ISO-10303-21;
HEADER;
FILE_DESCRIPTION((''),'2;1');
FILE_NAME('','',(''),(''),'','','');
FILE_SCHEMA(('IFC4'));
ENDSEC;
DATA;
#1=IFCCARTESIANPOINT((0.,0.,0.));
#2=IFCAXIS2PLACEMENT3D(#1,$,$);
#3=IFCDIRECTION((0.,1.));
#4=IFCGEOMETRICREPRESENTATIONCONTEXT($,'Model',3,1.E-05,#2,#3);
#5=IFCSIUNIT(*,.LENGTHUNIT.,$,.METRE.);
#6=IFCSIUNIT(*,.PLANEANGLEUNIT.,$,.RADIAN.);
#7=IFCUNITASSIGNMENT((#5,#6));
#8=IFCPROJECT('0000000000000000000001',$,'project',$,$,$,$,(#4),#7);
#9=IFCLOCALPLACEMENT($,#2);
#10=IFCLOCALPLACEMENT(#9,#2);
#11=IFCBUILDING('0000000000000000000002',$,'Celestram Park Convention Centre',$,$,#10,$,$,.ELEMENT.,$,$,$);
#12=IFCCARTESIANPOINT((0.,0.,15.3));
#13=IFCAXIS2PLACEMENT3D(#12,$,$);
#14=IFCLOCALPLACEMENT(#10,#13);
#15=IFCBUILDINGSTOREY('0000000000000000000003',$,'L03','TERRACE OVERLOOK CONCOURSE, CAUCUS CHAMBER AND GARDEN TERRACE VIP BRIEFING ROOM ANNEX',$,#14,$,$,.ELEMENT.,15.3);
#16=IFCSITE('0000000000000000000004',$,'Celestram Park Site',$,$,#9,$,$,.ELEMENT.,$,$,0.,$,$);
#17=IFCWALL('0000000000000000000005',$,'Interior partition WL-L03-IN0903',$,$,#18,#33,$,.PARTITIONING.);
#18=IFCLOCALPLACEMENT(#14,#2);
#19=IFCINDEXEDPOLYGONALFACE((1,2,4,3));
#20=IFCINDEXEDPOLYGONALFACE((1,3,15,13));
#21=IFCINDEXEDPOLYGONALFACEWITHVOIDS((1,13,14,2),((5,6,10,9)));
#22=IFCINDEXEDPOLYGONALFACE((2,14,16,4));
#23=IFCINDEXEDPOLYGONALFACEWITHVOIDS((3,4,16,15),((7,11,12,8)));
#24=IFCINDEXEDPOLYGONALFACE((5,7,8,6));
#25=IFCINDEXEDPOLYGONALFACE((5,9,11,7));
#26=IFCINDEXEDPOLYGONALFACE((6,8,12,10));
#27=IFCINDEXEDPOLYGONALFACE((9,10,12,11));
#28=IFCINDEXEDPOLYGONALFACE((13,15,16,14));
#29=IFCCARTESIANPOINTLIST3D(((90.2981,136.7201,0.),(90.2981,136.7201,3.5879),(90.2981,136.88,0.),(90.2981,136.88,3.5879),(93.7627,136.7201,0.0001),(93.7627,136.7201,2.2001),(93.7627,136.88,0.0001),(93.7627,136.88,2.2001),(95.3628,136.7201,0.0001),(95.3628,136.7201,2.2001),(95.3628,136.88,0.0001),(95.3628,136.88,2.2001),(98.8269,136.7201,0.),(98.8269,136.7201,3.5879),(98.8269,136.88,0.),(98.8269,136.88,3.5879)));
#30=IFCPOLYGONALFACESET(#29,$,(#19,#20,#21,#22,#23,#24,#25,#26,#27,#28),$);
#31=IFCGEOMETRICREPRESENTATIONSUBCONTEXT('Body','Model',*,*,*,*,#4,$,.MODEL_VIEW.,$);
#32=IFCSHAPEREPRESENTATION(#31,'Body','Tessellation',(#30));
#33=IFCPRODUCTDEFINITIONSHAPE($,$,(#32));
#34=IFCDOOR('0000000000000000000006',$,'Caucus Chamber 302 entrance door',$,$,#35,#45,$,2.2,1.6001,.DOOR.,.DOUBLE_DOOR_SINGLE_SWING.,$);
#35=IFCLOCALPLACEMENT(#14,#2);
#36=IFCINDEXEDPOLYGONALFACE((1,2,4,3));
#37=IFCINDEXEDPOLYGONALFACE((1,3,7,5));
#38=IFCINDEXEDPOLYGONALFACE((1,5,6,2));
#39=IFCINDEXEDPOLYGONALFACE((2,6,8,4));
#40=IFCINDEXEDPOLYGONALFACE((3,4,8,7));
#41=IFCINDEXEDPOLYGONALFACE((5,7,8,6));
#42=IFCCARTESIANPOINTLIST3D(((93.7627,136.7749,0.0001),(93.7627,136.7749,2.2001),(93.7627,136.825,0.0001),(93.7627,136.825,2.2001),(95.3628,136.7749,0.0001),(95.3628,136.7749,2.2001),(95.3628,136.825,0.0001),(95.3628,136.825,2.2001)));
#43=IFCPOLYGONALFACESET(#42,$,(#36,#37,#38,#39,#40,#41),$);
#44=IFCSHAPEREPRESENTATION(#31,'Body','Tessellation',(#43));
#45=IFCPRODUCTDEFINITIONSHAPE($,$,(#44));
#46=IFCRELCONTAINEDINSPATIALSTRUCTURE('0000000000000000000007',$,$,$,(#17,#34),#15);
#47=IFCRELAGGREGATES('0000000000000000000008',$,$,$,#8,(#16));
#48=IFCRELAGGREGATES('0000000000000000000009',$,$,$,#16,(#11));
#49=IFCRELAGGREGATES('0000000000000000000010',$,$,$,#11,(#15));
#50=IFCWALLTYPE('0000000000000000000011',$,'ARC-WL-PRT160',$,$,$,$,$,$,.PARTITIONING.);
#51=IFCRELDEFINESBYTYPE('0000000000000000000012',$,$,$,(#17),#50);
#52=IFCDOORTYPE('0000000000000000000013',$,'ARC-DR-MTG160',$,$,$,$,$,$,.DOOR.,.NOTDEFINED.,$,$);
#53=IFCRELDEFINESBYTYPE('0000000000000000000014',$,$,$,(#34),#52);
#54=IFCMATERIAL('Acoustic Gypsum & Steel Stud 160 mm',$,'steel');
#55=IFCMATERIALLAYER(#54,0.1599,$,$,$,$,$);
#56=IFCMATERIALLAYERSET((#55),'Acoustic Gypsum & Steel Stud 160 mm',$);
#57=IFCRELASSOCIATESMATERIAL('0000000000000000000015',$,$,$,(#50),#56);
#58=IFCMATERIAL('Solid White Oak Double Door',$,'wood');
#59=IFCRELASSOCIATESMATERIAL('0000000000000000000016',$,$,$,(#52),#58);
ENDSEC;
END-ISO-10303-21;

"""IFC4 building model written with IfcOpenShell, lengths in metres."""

from ifc_helpers import new_model, si_unit, direction, frame, frame_2d, origin, place, context, subcontext, project, spatial, rectangle, extrude, material, layer, layer_set, type_object, element, fill, save


model = new_model("IFC4")

# Units and contexts
model_context = context("Model", 3, precision=1e-05, world=origin(), true_north=direction((0.0, 1.0)))
body_context = subcontext(model_context, "Body", "Model", "MODEL_VIEW")
ifc_project = project(units=[si_unit("LENGTHUNIT", "METRE"), si_unit("PLANEANGLEUNIT", "RADIAN")], contexts=[model_context])

# Site, building, storey
site_placement = place(None, origin())
site = spatial("IfcSite", under=ifc_project, at=site_placement, Name="Celestram Park Site", CompositionType="ELEMENT", RefElevation=0.0)
building_placement = place(site_placement, origin())
building = spatial("IfcBuilding", under=site, at=building_placement, Name="Celestram Park Convention Centre", CompositionType="ELEMENT")
storey_placement = place(building_placement, frame((0.0, 0.0, 15.3)))
storey = spatial("IfcBuildingStorey", under=building, at=storey_placement, Name="L03", Description="TERRACE OVERLOOK CONCOURSE, CAUCUS CHAMBER AND GARDEN TERRACE VIP BRIEFING ROOM ANNEX", CompositionType="ELEMENT", Elevation=15.3)

# Wall, opening, door
ifc_material_1 = material(Name="Acoustic Gypsum & Steel Stud 160 mm", Category="steel")
ifc_layer_1 = layer(ifc_material_1, 0.1599)
ifc_layer_set_1 = layer_set([ifc_layer_1], Name="Acoustic Gypsum & Steel Stud 160 mm")
wall_type_1 = type_object("IfcWallType", Name="ARC-WL-PRT160", PredefinedType="PARTITIONING", material=ifc_layer_set_1)
wall_1_placement = place(storey_placement, frame((90.2981, 136.8, 0.0), z_axis=(0.0, 0.0, 1.0), x_axis=(1.0, 0.0, 0.0)))
wall_1 = element("IfcWall", 1, at=wall_1_placement, inside=storey, type_object=wall_type_1, Name="Interior partition WL-L03-IN0903", PredefinedType="PARTITIONING", context=body_context, shape_type="SweptSolid", body=[
    extrude(rectangle(XDim=8.5288, YDim=0.1599, at=frame_2d((4.2644, 0.0))), origin(), (0.0, 0.0, 1.0), 3.5879),
])
opening_placement = place(wall_1_placement, frame((3.4646, 0.0, 0.0)))
opening = element("IfcOpeningElement", 2, at=opening_placement, cuts=wall_1, PredefinedType="OPENING", context=body_context, shape_type="SweptSolid", body=[
    extrude(rectangle(XDim=1.6001, YDim=2.2, at=frame_2d((0.8, 1.1001))), frame((0.0, 0.0898, 0.0), z_axis=(0.0, -1.0, 0.0), x_axis=(1.0, 0.0, 0.0)), (0.0, 0.0, 1.0), 0.1799),
])
ifc_material_2 = material(Name="Solid White Oak Double Door", Category="wood")
door_type = type_object("IfcDoorType", Name="ARC-DR-MTG160", OperationType="NOTDEFINED", PredefinedType="DOOR", material=ifc_material_2)
door_placement = place(opening_placement, origin())
door = element("IfcDoor", 3, at=door_placement, inside=storey, type_object=door_type, Name="Caucus Chamber 302 entrance door", OperationType="DOUBLE_DOOR_SINGLE_SWING", OverallHeight=2.2, OverallWidth=1.6001, PredefinedType="DOOR", context=body_context, shape_type="SweptSolid", body=[
    extrude(rectangle(XDim=1.6001, YDim=2.2, at=frame_2d((0.8, 1.1001))), frame((0.0, 0.0249, 0.0), z_axis=(0.0, -1.0, 0.0), x_axis=(1.0, 0.0, 0.0)), (0.0, 0.0, 1.0), 0.05),
])
fill(opening, door)

save(model, "model.ifc")
